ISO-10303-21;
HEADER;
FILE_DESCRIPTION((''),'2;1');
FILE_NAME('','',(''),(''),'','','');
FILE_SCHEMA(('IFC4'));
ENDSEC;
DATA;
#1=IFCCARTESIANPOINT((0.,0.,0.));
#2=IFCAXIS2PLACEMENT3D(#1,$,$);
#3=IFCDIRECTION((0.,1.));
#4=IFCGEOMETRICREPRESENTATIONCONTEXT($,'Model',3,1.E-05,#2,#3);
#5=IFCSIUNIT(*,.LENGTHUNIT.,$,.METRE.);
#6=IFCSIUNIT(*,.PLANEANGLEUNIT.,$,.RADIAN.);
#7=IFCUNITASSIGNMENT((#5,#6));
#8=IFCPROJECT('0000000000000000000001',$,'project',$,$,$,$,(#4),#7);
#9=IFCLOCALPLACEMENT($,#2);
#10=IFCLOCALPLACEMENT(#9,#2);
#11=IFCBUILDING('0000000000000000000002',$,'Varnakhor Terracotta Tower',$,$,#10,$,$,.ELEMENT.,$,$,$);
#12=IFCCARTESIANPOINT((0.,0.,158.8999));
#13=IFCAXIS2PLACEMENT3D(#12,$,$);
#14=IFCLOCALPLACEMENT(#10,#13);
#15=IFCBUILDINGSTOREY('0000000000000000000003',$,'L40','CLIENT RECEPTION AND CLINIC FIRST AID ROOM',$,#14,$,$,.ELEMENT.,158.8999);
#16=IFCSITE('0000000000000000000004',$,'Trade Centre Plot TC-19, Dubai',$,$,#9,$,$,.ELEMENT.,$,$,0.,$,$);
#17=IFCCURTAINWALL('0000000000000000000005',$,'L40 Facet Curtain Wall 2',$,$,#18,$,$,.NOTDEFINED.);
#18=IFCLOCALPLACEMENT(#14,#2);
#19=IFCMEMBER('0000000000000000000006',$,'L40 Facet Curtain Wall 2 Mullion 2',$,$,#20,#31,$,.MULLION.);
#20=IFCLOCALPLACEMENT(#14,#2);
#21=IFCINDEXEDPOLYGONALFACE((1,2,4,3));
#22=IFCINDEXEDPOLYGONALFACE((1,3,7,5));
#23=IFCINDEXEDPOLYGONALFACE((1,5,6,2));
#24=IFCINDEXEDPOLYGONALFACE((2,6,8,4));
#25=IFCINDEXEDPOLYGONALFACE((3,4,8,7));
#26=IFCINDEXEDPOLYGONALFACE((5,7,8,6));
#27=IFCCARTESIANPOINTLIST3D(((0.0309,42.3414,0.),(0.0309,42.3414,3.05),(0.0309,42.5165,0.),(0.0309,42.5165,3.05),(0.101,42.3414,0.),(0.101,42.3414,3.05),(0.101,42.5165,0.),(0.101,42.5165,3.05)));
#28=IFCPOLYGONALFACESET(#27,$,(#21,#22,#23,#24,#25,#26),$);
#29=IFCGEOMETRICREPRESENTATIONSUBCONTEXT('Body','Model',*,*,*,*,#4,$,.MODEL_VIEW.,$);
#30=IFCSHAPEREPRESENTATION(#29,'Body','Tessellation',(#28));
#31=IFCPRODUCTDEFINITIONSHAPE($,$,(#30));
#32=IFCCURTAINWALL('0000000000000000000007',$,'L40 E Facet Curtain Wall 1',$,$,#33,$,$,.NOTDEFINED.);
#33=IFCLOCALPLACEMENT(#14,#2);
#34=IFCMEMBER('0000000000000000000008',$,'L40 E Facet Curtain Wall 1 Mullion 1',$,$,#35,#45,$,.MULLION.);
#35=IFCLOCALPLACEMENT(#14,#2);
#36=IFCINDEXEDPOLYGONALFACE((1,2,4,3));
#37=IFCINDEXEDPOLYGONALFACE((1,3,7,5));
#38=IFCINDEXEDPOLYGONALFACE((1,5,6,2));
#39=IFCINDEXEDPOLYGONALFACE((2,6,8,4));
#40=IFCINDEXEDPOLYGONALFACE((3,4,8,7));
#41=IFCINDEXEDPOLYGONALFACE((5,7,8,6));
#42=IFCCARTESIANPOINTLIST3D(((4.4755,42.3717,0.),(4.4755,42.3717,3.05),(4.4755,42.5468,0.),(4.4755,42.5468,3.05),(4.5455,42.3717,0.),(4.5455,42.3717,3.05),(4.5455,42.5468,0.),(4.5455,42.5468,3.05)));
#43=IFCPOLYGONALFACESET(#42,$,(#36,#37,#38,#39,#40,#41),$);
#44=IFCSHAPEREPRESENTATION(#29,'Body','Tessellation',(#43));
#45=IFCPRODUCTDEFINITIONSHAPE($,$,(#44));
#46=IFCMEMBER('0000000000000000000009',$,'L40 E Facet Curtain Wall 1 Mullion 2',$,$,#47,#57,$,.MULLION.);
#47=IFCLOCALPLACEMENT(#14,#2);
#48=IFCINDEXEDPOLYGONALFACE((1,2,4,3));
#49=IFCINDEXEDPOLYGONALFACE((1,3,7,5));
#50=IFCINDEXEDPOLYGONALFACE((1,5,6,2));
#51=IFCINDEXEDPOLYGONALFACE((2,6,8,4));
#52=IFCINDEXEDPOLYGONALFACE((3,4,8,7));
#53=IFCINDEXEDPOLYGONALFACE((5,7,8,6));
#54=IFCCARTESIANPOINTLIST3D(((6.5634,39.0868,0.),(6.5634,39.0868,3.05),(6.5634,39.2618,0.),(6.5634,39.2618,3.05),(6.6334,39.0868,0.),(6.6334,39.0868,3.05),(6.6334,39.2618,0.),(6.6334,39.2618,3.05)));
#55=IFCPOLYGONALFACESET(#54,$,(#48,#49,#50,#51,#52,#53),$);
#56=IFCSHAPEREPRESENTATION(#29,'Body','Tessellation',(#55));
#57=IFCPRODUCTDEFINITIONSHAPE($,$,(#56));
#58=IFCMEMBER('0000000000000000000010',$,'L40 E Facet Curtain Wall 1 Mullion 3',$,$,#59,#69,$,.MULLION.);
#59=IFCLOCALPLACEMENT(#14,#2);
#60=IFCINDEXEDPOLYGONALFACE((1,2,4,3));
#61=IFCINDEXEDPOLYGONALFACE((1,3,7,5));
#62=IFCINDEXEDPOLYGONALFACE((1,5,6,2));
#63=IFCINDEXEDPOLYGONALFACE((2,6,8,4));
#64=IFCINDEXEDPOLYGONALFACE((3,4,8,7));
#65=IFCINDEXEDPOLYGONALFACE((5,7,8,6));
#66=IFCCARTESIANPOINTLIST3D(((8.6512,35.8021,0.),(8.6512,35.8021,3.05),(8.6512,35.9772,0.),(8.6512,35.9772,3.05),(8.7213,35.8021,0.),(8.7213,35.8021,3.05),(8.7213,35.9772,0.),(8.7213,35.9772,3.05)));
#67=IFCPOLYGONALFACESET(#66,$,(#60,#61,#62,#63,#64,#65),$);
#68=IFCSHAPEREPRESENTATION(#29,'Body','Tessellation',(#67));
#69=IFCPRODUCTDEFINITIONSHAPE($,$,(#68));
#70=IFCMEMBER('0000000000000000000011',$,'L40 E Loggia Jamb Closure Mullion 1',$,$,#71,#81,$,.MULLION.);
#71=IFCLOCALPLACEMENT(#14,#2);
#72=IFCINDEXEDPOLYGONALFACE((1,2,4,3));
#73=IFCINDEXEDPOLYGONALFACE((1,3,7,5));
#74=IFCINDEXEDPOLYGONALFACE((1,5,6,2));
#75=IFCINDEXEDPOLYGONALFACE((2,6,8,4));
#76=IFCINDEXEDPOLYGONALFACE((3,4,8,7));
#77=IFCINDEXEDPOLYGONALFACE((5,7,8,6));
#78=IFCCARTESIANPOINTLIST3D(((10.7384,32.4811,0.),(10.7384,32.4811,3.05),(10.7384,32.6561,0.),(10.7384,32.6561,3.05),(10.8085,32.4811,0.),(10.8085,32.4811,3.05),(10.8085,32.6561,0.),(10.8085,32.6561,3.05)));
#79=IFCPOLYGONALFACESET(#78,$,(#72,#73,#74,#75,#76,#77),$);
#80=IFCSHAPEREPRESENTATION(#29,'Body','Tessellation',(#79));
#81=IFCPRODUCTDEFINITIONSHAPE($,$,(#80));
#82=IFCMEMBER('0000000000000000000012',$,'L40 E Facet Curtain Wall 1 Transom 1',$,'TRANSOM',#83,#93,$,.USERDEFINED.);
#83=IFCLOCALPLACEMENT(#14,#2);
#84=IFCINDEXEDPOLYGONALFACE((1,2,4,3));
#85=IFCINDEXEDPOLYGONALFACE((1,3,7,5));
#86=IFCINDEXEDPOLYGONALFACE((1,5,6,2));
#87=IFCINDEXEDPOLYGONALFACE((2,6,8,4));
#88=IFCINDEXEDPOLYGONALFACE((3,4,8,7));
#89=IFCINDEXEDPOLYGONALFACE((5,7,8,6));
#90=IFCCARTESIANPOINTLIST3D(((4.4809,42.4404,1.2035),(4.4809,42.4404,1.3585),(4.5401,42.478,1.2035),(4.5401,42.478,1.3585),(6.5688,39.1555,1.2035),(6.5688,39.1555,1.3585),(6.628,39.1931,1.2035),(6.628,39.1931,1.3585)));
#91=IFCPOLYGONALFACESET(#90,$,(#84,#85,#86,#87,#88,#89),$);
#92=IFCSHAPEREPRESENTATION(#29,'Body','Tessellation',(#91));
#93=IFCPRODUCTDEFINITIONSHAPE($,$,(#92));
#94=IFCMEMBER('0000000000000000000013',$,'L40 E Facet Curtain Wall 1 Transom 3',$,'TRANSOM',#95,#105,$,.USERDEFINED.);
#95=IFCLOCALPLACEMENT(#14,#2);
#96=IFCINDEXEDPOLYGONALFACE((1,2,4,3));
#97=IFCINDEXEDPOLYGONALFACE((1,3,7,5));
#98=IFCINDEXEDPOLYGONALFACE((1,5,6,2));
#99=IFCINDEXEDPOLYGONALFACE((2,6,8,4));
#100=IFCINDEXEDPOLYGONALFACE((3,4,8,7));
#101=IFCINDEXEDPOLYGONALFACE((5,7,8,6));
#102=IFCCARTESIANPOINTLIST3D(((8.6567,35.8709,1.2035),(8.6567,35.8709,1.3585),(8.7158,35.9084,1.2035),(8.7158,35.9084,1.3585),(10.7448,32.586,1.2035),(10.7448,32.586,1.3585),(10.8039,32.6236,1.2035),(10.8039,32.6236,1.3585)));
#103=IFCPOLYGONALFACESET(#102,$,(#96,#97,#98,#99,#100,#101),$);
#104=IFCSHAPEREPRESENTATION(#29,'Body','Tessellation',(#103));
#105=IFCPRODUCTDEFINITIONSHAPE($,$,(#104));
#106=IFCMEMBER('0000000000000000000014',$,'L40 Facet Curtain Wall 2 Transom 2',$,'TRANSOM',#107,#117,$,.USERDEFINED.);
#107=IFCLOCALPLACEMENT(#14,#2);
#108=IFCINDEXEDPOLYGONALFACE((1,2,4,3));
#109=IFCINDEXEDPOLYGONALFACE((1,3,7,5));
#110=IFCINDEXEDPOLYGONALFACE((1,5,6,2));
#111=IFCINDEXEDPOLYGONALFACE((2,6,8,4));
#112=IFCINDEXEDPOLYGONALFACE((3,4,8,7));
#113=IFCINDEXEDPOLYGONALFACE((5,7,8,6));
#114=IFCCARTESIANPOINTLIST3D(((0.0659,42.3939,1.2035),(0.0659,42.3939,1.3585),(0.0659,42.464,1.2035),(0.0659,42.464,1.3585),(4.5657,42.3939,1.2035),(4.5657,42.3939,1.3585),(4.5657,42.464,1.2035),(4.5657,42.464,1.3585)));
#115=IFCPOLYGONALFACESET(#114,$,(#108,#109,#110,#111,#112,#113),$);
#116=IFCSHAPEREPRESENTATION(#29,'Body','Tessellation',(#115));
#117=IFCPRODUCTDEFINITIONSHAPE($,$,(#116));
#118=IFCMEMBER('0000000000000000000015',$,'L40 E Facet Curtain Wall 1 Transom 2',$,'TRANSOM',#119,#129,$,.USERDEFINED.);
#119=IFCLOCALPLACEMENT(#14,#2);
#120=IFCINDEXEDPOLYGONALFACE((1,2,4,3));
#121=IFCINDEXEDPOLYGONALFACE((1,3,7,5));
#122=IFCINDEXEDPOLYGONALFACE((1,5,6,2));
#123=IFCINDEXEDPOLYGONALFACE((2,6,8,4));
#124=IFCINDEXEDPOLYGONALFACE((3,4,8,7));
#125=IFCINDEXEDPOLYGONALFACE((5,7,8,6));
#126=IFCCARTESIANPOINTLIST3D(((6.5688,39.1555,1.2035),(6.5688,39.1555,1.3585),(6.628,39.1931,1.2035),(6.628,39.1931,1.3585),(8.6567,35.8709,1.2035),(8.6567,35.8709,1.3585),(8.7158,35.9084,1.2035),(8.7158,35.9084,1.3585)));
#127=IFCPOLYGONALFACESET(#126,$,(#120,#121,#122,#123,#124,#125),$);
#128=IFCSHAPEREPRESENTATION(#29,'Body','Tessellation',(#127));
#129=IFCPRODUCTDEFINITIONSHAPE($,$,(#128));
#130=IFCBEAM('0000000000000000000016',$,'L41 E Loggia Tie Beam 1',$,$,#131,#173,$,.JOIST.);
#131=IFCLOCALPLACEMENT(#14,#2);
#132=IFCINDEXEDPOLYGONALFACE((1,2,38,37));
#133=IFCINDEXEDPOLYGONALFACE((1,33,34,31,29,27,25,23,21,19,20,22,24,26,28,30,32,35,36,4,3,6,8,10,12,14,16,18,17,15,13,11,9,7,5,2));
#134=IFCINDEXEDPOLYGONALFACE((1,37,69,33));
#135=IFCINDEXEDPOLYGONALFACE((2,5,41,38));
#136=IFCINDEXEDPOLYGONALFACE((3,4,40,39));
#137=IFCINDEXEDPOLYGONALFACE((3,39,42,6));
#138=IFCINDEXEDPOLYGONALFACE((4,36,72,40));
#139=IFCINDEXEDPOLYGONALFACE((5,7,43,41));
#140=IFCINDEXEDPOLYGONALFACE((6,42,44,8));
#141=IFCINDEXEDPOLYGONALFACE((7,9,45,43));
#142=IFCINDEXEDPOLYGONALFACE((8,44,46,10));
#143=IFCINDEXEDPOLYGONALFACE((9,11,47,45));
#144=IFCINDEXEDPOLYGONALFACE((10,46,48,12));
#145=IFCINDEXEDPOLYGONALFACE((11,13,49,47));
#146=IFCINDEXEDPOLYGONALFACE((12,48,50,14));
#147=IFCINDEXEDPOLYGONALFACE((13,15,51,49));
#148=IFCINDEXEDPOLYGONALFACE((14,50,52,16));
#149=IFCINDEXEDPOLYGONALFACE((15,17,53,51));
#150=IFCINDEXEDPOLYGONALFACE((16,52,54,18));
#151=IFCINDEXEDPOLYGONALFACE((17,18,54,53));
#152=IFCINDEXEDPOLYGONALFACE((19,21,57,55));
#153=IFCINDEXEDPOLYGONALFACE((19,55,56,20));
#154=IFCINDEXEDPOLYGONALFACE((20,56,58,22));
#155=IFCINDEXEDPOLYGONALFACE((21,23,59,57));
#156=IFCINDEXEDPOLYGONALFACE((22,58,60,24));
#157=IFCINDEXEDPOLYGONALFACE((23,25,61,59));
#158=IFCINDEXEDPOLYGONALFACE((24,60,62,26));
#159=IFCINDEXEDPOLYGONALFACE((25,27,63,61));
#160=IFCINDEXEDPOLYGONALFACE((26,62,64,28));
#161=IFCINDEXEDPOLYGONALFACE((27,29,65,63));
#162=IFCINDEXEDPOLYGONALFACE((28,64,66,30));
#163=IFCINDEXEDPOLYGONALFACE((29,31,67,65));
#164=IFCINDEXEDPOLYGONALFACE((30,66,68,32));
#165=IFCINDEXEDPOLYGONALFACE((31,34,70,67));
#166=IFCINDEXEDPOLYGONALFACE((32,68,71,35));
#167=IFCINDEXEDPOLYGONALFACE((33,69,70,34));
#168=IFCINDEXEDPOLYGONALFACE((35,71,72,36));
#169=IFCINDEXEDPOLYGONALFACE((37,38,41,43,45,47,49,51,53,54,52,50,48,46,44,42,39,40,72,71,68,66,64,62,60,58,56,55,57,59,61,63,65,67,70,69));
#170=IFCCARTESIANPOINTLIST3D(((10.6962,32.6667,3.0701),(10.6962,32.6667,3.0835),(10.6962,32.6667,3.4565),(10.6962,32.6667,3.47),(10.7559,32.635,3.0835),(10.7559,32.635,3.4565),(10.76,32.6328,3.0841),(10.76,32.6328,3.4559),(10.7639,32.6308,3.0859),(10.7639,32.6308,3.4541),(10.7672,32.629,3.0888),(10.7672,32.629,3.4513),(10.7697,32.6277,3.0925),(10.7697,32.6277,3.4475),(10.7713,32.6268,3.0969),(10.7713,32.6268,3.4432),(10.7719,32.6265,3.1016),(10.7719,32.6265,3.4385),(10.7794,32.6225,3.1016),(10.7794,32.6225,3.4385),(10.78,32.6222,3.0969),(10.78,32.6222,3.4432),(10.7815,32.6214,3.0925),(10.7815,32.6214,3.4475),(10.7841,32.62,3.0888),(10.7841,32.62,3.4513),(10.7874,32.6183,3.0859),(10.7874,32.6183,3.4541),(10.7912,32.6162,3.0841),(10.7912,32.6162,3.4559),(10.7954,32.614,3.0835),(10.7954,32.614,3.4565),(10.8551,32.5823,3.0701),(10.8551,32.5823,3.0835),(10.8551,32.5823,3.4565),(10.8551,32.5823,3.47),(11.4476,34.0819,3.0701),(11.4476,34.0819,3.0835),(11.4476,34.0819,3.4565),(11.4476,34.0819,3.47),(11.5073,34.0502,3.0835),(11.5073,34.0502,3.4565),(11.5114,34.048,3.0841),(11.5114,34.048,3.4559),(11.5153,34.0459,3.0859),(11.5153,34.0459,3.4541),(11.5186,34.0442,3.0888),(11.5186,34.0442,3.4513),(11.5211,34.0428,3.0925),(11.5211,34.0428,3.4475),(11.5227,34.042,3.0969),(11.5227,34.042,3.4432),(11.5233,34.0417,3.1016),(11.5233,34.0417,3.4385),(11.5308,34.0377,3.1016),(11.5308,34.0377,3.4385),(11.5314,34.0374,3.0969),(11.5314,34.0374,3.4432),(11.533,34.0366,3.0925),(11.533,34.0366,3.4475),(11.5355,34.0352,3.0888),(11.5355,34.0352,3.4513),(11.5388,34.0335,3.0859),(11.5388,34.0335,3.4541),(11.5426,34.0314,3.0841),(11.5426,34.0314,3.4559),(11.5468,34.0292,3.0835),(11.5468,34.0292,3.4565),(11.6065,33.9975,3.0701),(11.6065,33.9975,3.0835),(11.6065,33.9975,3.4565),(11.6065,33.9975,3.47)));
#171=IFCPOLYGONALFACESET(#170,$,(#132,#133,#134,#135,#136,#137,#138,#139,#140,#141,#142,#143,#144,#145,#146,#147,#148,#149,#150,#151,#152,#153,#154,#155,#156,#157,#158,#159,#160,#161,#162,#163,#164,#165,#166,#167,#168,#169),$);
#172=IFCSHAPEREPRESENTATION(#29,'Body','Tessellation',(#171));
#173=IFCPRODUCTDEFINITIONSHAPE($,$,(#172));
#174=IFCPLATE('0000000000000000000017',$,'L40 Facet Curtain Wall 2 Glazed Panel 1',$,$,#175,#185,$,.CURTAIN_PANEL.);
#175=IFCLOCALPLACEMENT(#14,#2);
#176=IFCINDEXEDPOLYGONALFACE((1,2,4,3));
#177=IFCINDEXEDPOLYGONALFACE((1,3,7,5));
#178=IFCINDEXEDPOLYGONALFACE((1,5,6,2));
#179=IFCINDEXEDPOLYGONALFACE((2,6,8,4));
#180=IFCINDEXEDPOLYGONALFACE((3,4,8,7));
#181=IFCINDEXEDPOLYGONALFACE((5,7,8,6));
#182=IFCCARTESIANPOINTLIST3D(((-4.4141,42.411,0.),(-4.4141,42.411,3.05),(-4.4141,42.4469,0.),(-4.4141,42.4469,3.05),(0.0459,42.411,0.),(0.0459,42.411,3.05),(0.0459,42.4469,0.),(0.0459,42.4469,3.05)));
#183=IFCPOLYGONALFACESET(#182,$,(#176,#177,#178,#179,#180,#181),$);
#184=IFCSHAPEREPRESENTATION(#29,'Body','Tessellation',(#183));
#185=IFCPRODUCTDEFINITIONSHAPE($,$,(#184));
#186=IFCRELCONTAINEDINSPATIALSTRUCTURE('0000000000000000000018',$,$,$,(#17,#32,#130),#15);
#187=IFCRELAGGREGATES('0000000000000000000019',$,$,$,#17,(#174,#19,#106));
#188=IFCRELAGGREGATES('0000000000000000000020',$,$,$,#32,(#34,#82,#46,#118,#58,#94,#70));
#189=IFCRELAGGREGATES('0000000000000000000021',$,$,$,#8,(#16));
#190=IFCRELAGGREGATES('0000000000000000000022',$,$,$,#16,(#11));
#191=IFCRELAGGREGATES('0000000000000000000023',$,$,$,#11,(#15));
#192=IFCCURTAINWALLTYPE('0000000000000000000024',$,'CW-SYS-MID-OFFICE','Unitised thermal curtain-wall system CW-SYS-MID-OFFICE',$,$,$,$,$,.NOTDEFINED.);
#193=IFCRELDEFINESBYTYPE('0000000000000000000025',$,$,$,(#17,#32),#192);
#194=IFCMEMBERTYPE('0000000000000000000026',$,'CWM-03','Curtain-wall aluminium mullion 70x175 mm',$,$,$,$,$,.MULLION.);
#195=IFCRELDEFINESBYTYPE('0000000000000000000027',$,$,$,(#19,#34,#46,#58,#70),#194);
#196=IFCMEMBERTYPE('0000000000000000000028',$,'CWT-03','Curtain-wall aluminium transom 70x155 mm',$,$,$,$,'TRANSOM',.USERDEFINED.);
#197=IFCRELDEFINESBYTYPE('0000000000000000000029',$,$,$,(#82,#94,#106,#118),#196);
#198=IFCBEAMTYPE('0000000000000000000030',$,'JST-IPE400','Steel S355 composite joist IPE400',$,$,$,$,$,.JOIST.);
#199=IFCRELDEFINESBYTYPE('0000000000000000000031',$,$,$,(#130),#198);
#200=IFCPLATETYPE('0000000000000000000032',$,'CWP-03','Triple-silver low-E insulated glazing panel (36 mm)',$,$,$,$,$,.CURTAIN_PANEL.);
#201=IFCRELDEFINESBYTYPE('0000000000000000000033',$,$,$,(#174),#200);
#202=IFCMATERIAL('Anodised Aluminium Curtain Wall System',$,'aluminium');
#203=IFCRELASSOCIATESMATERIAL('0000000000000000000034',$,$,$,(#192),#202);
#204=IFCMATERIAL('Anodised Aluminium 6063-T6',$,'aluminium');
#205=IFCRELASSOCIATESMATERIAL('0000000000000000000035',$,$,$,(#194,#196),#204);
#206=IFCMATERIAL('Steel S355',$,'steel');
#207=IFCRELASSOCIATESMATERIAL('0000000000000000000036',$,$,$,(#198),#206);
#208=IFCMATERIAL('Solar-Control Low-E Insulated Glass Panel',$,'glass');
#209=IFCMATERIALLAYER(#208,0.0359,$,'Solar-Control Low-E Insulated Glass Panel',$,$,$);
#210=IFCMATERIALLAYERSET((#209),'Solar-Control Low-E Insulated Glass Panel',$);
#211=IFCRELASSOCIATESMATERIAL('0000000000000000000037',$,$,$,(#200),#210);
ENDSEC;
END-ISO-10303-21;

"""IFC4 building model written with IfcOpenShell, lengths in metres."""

from ifc_helpers import new_model, si_unit, direction, frame, origin, origin_2d, place, context, subcontext, project, spatial, rectangle, i_section, extrude, source, transform, mapped, material, layer, layer_set, material_profile, profile_set, type_object, element, aggregate, save


model = new_model("IFC4")

# Units and contexts
model_context = context("Model", 3, precision=1e-05, world=origin(), true_north=direction((0.0, 1.0)))
body_context = subcontext(model_context, "Body", "Model", "MODEL_VIEW")
ifc_project = project(units=[si_unit("LENGTHUNIT", "METRE"), si_unit("PLANEANGLEUNIT", "RADIAN")], contexts=[model_context])

# Site, building, storey
site_placement = place(None, origin())
site = spatial("IfcSite", under=ifc_project, at=site_placement, Name="Trade Centre Plot TC-19, Dubai", CompositionType="ELEMENT", RefElevation=0.0)
building_placement = place(site_placement, origin())
building = spatial("IfcBuilding", under=site, at=building_placement, Name="Varnakhor Terracotta Tower", CompositionType="ELEMENT")
storey_placement = place(building_placement, frame((0.0, 0.0, 158.8999)))
storey = spatial("IfcBuildingStorey", under=building, at=storey_placement, Name="L40", Description="CLIENT RECEPTION AND CLINIC FIRST AID ROOM", CompositionType="ELEMENT", Elevation=158.8999)

# Shared definitions
ifc_material_1 = material(Name="Steel S355", Category="steel")

# Curtain wall, member
ifc_material_2 = material(Name="Anodised Aluminium Curtain Wall System", Category="aluminium")
curtain_wall_type = type_object("IfcCurtainWallType", Name="CW-SYS-MID-OFFICE", Description="Unitised thermal curtain-wall system CW-SYS-MID-OFFICE", PredefinedType="NOTDEFINED", material=ifc_material_2)
curtain_wall_1_placement = place(storey_placement, origin())
curtain_wall_1 = element("IfcCurtainWall", 1, at=curtain_wall_1_placement, inside=storey, type_object=curtain_wall_type, Name="L40 Facet Curtain Wall 2", PredefinedType="NOTDEFINED")
ifc_material_3 = material(Name="Anodised Aluminium 6063-T6", Category="aluminium")
ifc_material_profile_1 = material_profile(ifc_material_3, rectangle(XDim=0.0701, YDim=0.175, at=origin_2d()), Name="ALU MULLION 70x175")
ifc_profile_set_1 = profile_set([ifc_material_profile_1], Name="Anodised Aluminium 6063-T6")
member_type_1 = type_object("IfcMemberType", Name="CWM-03", Description="Curtain-wall aluminium mullion 70x175 mm", PredefinedType="MULLION", material=ifc_profile_set_1)
shared_shape_1 = source(origin(), body_context, "Body", "SweptSolid", [
    extrude(rectangle(XDim=0.0701, YDim=0.175, at=origin_2d()), origin(), (0.0, 0.0, 1.0), 3.05),
])
member_1_placement = place(storey_placement, frame((0.0659, 42.429, 0.0), z_axis=(0.0, 0.0, 1.0), x_axis=(1.0, 0.0, 0.0)))
member_1 = element("IfcMember", 2, at=member_1_placement, type_object=member_type_1, Name="L40 Facet Curtain Wall 2 Mullion 2", PredefinedType="MULLION", context=body_context, shape_type="MappedRepresentation", body=[
    mapped(shared_shape_1, transform((0.0, 0.0, 0.0), scale=1.0)),
])

# Curtain wall, members
curtain_wall_2_placement = place(storey_placement, origin())
curtain_wall_2 = element("IfcCurtainWall", 3, at=curtain_wall_2_placement, inside=storey, type_object=curtain_wall_type, Name="L40 E Facet Curtain Wall 1", PredefinedType="NOTDEFINED")
member_2_placement = place(storey_placement, frame((4.5105, 42.4592, 0.0), z_axis=(0.0, 0.0, 1.0), x_axis=(1.0, 0.0, 0.0)))
member_2 = element("IfcMember", 4, at=member_2_placement, type_object=member_type_1, Name="L40 E Facet Curtain Wall 1 Mullion 1", PredefinedType="MULLION", context=body_context, shape_type="MappedRepresentation", body=[
    mapped(shared_shape_1, transform((0.0, 0.0, 0.0), scale=1.0)),
])
member_3_placement = place(storey_placement, frame((6.5984, 39.1743, 0.0), z_axis=(0.0, 0.0, 1.0), x_axis=(1.0, 0.0, 0.0)))
member_3 = element("IfcMember", 5, at=member_3_placement, type_object=member_type_1, Name="L40 E Facet Curtain Wall 1 Mullion 2", PredefinedType="MULLION", context=body_context, shape_type="MappedRepresentation", body=[
    mapped(shared_shape_1, transform((0.0, 0.0, 0.0), scale=1.0)),
])
member_4_placement = place(storey_placement, frame((8.6863, 35.8896, 0.0), z_axis=(0.0, 0.0, 1.0), x_axis=(1.0, 0.0, 0.0)))
member_4 = element("IfcMember", 6, at=member_4_placement, type_object=member_type_1, Name="L40 E Facet Curtain Wall 1 Mullion 3", PredefinedType="MULLION", context=body_context, shape_type="MappedRepresentation", body=[
    mapped(shared_shape_1, transform((0.0, 0.0, 0.0), scale=1.0)),
])
member_5_placement = place(storey_placement, frame((10.7734, 32.5686, 0.0), z_axis=(0.0, 0.0, 1.0), x_axis=(1.0, 0.0, 0.0)))
member_5 = element("IfcMember", 7, at=member_5_placement, type_object=member_type_1, Name="L40 E Loggia Jamb Closure Mullion 1", PredefinedType="MULLION", context=body_context, shape_type="MappedRepresentation", body=[
    mapped(shared_shape_1, transform((0.0, 0.0, 0.0), scale=1.0)),
])
ifc_material_profile_2 = material_profile(ifc_material_3, rectangle(XDim=0.0701, YDim=0.155, at=origin_2d()), Name="ALU TRANSOM 70x155")
ifc_profile_set_2 = profile_set([ifc_material_profile_2], Name="Anodised Aluminium 6063-T6")
member_type_2 = type_object("IfcMemberType", Name="CWT-03", Description="Curtain-wall aluminium transom 70x155 mm", ElementType="TRANSOM", PredefinedType="USERDEFINED", material=ifc_profile_set_2)
shared_shape_2 = source(origin(), body_context, "Body", "SweptSolid", [
    extrude(rectangle(XDim=0.0701, YDim=0.155, at=origin_2d()), origin(), (0.0, 0.0, 1.0), 3.8923),
])
member_6_placement = place(storey_placement, frame((4.5105, 42.4592, 1.281), z_axis=(0.536417, -0.843953, 0.0), x_axis=(0.843953, 0.536417, 0.0)))
member_6 = element("IfcMember", 8, at=member_6_placement, type_object=member_type_2, Name="L40 E Facet Curtain Wall 1 Transom 1", ObjectType="TRANSOM", PredefinedType="USERDEFINED", context=body_context, shape_type="MappedRepresentation", body=[
    mapped(shared_shape_2, transform((0.0, 0.0, 0.0), scale=1.0)),
])
member_7_placement = place(storey_placement, frame((8.6863, 35.8896, 1.281), z_axis=(0.536461, -0.843925, 0.0), x_axis=(0.843925, 0.536461, 0.0)))
member_7 = element("IfcMember", 9, at=member_7_placement, type_object=member_type_2, Name="L40 E Facet Curtain Wall 1 Transom 3", ObjectType="TRANSOM", PredefinedType="USERDEFINED", context=body_context, shape_type="MappedRepresentation", body=[
    mapped(shared_shape_2, transform((0.0, 0.0, 0.0), scale=1.0)),
])

# Members
shared_shape_3 = source(origin(), body_context, "Body", "SweptSolid", [
    extrude(rectangle(XDim=0.0701, YDim=0.155, at=origin_2d()), origin(), (0.0, 0.0, 1.0), 4.4998),
])
member_8_placement = place(storey_placement, frame((0.0659, 42.429, 1.281), z_axis=(1.0, 0.0, 0.0), x_axis=(0.0, 1.0, 0.0)))
member_8 = element("IfcMember", 10, at=member_8_placement, type_object=member_type_2, Name="L40 Facet Curtain Wall 2 Transom 2", ObjectType="TRANSOM", PredefinedType="USERDEFINED", context=body_context, shape_type="MappedRepresentation", body=[
    mapped(shared_shape_3, transform((0.0, 0.0, 0.0), scale=1.0)),
])
shared_shape_4 = source(origin(), body_context, "Body", "SweptSolid", [
    extrude(rectangle(XDim=0.0701, YDim=0.155, at=origin_2d()), origin(), (0.0, 0.0, 1.0), 3.8921),
])
member_9_placement = place(storey_placement, frame((6.5984, 39.1743, 1.281), z_axis=(0.536445, -0.843935, 0.0), x_axis=(0.843935, 0.536445, 0.0)))
member_9 = element("IfcMember", 11, at=member_9_placement, type_object=member_type_2, Name="L40 E Facet Curtain Wall 1 Transom 2", ObjectType="TRANSOM", PredefinedType="USERDEFINED", context=body_context, shape_type="MappedRepresentation", body=[
    mapped(shared_shape_4, transform((0.0, 0.0, 0.0), scale=1.0)),
])

# Beam
ifc_material_profile_3 = material_profile(ifc_material_1, i_section(OverallWidth=0.1799, OverallDepth=0.3999, WebThickness=0.0085, FlangeThickness=0.0134, FilletRadius=0.0181, at=origin_2d()), Name="IPE400")
ifc_profile_set_3 = profile_set([ifc_material_profile_3], Name="Steel S355")
beam_type_1 = type_object("IfcBeamType", Name="JST-IPE400", Description="Steel S355 composite joist IPE400", PredefinedType="JOIST", material=ifc_profile_set_3)
shared_shape_5 = source(origin(), body_context, "Body", "SweptSolid", [
    extrude(i_section(OverallWidth=0.1799, OverallDepth=0.3999, WebThickness=0.0085, FlangeThickness=0.0134, FilletRadius=0.0181, at=origin_2d()), origin(), (0.0, 0.0, 1.0), 1.6023),
])
beam_1_placement = place(storey_placement, frame((10.7756, 32.6245, 3.27), z_axis=(0.468958, 0.88322, 0.0), x_axis=(-0.88322, 0.468958, 0.0)))
element("IfcBeam", 12, at=beam_1_placement, inside=storey, type_object=beam_type_1, Name="L41 E Loggia Tie Beam 1", PredefinedType="JOIST", context=body_context, shape_type="MappedRepresentation", body=[
    mapped(shared_shape_5, transform((0.0, 0.0, 0.0), scale=1.0)),
])

# Plate
ifc_material_4 = material(Name="Solar-Control Low-E Insulated Glass Panel", Category="glass")
ifc_layer_1 = layer(ifc_material_4, 0.0359, Name="Solar-Control Low-E Insulated Glass Panel")
ifc_layer_set_1 = layer_set([ifc_layer_1], Name="Solar-Control Low-E Insulated Glass Panel")
plate_type = type_object("IfcPlateType", Name="CWP-03", Description="Triple-silver low-E insulated glazing panel (36 mm)", PredefinedType="CURTAIN_PANEL", material=ifc_layer_set_1)
shared_shape_6 = source(origin(), body_context, "Body", "SweptSolid", [
    extrude(rectangle(XDim=4.46, YDim=0.0359, at=origin_2d()), origin(), (0.0, 0.0, 1.0), 3.05),
])
plate_1_placement = place(storey_placement, frame((-2.1841, 42.429, 0.0), z_axis=(0.0, 0.0, 1.0), x_axis=(1.0, 0.0, 0.0)))
plate_1 = element("IfcPlate", 13, at=plate_1_placement, type_object=plate_type, Name="L40 Facet Curtain Wall 2 Glazed Panel 1", PredefinedType="CURTAIN_PANEL", context=body_context, shape_type="MappedRepresentation", body=[
    mapped(shared_shape_6, transform((0.0, 0.0, 0.0), scale=1.0)),
])
aggregate(curtain_wall_1, [plate_1, member_1, member_8])
aggregate(curtain_wall_2, [member_2, member_6, member_3, member_9, member_4, member_7, member_5])

save(model, "model.ifc")
